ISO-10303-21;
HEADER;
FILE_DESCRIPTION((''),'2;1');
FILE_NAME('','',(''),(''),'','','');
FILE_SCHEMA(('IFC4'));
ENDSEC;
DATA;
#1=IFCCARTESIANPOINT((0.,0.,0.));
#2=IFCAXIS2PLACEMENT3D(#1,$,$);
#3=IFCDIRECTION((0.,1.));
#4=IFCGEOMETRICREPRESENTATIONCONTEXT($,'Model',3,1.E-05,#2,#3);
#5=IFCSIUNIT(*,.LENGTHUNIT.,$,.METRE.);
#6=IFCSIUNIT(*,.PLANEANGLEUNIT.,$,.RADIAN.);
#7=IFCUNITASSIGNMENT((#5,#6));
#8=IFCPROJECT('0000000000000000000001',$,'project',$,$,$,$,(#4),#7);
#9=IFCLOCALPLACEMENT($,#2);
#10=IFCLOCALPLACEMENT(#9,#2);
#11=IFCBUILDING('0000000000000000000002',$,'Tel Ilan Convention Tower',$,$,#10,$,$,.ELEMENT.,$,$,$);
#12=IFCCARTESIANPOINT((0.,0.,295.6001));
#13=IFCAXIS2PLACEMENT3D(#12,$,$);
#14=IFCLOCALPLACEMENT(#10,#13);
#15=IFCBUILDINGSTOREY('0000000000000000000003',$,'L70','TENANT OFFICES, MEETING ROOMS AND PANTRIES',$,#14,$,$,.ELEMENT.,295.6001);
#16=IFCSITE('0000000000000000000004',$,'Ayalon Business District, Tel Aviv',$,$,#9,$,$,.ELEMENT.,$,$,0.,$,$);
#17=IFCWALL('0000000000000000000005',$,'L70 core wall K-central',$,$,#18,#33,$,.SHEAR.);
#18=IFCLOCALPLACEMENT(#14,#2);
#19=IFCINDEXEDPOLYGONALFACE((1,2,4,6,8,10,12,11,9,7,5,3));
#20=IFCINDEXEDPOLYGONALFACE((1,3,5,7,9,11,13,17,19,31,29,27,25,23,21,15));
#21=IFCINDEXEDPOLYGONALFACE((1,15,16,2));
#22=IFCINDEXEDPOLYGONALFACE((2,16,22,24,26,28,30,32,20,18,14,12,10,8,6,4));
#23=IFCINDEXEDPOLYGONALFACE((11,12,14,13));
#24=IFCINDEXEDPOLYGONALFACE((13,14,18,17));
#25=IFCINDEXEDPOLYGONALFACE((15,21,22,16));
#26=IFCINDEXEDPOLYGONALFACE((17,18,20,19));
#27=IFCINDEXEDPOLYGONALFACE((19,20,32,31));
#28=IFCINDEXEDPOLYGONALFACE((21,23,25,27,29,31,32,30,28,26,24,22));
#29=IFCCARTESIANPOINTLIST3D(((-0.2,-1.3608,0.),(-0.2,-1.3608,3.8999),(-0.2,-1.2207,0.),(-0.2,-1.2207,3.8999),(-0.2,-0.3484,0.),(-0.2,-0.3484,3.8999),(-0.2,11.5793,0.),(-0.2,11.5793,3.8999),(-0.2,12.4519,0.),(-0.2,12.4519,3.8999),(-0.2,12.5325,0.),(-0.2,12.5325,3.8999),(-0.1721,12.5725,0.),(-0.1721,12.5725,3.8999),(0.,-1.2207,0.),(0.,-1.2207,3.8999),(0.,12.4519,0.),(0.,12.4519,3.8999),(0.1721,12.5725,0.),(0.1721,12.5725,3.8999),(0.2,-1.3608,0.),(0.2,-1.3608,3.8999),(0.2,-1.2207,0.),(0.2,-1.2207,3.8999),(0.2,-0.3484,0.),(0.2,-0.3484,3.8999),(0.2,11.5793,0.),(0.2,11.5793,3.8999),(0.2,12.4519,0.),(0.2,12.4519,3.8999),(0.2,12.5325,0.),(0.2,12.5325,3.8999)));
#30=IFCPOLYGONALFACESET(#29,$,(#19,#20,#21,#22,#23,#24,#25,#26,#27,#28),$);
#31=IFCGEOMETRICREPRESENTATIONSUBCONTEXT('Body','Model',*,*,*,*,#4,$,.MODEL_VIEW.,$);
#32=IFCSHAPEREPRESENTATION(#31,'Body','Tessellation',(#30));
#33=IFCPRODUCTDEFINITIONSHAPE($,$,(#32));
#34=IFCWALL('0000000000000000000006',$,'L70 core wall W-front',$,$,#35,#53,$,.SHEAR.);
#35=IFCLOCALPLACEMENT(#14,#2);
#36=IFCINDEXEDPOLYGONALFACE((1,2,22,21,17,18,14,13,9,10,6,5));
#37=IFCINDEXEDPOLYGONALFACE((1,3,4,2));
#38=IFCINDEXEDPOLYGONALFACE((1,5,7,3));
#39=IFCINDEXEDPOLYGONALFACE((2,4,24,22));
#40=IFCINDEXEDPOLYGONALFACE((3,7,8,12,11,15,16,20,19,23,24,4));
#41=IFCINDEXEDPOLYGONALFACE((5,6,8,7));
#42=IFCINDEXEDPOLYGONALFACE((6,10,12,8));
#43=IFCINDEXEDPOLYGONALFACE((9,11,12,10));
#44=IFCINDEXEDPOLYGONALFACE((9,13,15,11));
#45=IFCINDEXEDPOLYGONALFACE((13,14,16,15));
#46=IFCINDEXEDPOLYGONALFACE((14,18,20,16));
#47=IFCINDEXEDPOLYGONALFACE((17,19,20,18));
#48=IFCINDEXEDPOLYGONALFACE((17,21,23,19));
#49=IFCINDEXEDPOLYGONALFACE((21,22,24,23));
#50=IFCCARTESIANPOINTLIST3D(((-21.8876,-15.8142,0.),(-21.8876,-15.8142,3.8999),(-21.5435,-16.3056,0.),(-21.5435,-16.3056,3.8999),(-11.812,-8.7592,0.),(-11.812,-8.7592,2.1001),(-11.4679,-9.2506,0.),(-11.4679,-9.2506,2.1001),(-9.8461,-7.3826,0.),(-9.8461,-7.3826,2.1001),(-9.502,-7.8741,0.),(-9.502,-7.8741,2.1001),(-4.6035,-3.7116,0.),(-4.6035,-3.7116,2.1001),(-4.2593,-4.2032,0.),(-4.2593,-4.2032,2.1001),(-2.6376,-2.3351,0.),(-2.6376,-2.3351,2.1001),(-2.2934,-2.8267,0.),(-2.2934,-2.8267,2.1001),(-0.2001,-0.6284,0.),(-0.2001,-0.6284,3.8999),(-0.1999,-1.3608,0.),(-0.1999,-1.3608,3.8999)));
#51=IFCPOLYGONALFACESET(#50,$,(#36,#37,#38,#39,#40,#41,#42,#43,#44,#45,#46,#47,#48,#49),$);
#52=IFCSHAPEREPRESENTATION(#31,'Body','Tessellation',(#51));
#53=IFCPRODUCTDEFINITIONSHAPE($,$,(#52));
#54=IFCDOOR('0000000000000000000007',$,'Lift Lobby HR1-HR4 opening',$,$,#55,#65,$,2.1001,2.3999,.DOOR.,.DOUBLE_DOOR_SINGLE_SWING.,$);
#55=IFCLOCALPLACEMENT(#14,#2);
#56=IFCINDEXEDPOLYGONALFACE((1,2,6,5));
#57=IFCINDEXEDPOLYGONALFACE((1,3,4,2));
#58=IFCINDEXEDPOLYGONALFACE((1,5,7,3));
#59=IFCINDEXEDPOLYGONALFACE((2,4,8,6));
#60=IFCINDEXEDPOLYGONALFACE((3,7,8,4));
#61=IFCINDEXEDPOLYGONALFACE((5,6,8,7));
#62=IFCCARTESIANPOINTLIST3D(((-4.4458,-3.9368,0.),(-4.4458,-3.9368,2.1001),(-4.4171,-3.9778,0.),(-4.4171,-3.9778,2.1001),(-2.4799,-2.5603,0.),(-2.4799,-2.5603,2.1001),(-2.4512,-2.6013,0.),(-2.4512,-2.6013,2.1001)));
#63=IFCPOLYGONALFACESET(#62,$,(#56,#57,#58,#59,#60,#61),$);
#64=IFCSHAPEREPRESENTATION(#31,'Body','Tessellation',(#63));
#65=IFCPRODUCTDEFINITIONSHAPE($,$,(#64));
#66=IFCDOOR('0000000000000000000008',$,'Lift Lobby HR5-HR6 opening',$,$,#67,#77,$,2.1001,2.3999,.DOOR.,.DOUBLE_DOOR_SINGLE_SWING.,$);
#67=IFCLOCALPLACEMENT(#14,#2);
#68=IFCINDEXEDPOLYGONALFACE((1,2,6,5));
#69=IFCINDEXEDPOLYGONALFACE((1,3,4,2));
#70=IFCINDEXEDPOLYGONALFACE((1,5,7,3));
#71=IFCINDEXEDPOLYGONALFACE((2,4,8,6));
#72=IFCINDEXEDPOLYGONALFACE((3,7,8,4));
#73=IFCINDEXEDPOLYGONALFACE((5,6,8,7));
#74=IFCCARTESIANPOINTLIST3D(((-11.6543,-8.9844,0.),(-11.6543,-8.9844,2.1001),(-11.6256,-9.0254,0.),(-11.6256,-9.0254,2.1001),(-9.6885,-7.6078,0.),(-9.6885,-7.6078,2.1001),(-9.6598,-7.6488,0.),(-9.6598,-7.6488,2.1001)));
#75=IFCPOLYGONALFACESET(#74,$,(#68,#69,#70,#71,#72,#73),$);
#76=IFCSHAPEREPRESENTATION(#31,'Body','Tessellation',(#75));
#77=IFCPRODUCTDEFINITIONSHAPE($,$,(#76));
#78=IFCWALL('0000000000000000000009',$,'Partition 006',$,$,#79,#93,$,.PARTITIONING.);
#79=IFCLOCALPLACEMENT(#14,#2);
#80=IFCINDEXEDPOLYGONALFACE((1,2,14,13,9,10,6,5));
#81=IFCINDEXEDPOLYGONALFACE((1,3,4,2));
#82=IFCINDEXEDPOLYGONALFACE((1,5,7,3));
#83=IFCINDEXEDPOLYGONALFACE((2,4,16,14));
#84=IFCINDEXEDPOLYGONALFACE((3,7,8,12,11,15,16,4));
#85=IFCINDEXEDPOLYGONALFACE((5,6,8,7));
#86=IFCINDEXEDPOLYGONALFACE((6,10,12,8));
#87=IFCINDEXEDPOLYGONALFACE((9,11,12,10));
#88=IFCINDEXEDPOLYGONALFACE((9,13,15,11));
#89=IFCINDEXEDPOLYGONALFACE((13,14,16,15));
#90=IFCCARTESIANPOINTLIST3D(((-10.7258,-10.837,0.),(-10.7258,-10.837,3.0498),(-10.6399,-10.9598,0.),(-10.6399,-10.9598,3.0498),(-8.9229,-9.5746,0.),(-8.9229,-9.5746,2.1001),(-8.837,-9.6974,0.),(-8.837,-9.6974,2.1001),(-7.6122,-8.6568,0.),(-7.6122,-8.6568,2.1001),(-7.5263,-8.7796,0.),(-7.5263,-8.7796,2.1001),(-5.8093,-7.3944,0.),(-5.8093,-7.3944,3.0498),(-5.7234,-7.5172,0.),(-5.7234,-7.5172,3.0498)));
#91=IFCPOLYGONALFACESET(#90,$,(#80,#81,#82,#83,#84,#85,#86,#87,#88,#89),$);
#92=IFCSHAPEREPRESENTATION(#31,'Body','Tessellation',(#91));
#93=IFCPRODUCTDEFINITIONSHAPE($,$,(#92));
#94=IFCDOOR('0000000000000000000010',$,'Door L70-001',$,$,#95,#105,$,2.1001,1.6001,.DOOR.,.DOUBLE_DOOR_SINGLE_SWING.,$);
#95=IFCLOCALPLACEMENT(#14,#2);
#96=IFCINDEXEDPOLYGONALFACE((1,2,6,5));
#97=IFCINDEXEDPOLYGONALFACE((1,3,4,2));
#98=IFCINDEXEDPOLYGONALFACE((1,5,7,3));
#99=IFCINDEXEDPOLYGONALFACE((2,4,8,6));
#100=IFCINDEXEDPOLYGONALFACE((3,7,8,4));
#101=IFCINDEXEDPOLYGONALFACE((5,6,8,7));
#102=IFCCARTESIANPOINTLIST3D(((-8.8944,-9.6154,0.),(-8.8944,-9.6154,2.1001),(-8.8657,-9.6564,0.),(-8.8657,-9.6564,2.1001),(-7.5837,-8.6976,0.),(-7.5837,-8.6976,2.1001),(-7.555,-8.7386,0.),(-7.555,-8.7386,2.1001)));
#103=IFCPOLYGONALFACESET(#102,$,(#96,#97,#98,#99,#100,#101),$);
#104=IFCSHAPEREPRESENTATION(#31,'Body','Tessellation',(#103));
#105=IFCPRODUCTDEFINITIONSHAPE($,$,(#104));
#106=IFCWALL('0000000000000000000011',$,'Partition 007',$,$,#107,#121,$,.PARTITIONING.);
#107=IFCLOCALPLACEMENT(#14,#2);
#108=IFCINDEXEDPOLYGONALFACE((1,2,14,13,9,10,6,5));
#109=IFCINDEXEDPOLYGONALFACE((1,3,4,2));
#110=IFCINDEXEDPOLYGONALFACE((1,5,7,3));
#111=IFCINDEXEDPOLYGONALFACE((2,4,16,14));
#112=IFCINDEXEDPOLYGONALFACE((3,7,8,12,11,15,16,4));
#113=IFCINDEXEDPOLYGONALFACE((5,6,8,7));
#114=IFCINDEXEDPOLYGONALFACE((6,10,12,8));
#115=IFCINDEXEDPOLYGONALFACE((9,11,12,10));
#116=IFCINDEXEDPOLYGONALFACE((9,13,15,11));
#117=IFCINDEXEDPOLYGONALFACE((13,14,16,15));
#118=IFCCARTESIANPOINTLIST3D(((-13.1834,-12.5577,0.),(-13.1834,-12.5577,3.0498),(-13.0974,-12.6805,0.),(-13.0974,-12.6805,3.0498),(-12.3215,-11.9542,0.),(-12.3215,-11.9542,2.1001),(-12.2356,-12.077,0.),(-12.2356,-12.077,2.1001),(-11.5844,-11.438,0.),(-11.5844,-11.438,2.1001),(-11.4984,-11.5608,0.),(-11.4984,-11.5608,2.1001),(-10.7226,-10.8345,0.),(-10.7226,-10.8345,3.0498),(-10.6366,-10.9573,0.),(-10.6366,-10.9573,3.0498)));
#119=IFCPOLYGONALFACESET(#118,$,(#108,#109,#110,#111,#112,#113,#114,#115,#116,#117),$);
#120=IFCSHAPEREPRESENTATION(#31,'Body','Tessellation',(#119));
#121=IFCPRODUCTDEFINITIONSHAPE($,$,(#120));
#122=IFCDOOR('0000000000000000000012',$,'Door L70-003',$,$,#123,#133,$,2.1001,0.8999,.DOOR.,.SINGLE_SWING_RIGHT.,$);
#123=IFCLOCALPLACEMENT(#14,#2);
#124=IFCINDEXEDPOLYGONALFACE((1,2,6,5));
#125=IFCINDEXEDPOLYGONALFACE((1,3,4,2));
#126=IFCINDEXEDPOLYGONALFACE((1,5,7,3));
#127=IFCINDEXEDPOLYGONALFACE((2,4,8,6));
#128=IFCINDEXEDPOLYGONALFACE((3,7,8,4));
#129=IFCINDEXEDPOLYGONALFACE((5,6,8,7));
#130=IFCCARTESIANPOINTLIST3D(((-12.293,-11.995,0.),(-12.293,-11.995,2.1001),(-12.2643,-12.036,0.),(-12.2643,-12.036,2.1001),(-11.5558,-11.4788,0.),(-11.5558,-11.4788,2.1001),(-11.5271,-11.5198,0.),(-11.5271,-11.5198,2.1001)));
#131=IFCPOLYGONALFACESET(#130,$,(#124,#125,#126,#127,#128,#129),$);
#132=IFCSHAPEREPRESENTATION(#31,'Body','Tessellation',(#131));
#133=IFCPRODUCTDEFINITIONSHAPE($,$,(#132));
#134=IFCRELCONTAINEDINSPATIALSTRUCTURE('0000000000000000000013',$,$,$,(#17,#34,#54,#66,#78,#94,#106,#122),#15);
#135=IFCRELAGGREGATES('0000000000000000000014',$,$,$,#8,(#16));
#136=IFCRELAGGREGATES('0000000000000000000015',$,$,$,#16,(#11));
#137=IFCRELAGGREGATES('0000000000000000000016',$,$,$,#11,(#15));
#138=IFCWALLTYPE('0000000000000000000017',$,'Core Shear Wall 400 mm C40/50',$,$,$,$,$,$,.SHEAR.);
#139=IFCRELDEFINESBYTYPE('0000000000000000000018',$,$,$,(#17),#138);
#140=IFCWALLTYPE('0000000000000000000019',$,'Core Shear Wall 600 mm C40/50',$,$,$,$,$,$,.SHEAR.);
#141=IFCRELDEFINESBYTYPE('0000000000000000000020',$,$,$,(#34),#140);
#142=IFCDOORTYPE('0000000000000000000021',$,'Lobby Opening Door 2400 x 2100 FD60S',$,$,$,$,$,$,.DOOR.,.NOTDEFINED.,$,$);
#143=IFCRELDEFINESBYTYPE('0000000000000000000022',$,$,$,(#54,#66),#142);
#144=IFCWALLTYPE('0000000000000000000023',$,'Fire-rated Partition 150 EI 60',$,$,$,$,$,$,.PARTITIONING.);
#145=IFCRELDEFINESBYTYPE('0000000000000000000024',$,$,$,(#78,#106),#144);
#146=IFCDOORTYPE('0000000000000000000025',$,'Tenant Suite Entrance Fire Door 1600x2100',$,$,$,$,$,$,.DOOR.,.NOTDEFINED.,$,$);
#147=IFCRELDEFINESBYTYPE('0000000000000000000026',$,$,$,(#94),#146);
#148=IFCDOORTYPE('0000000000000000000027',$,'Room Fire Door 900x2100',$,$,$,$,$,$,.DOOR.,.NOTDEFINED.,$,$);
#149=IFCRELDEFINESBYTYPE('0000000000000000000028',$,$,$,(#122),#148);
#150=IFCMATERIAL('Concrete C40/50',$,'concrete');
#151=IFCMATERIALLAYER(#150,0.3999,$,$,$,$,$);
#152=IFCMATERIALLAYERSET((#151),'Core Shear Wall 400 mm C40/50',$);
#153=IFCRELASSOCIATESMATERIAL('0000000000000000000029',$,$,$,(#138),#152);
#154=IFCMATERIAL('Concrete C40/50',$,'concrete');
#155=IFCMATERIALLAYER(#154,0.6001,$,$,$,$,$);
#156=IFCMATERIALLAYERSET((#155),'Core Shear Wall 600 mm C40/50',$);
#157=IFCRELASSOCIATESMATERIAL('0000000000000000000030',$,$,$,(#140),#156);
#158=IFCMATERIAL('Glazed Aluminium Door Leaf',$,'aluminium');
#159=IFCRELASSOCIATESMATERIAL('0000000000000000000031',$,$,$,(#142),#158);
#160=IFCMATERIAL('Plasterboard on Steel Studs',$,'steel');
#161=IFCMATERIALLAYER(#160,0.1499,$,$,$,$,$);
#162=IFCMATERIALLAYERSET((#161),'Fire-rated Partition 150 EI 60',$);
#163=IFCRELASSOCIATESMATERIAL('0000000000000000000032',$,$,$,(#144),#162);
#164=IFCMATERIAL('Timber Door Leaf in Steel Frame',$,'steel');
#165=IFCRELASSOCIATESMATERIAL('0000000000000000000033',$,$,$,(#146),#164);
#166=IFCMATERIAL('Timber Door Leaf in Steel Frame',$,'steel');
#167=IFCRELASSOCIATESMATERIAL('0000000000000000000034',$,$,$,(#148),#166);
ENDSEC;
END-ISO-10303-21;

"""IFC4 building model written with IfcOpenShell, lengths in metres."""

from ifc_helpers import new_model, si_unit, direction, frame, frame_2d, origin, place, context, subcontext, project, spatial, polyline, rectangle, outline, extrude, material, layer, layer_set, type_object, element, fill, save


model = new_model("IFC4")

# Units and contexts
model_context = context("Model", 3, precision=1e-05, world=origin(), true_north=direction((0.0, 1.0)))
body_context = subcontext(model_context, "Body", "Model", "MODEL_VIEW")
ifc_project = project(units=[si_unit("LENGTHUNIT", "METRE"), si_unit("PLANEANGLEUNIT", "RADIAN")], contexts=[model_context])

# Site, building, storey
site_placement = place(None, origin())
site = spatial("IfcSite", under=ifc_project, at=site_placement, Name="Ayalon Business District, Tel Aviv", CompositionType="ELEMENT", RefElevation=0.0)
building_placement = place(site_placement, origin())
building = spatial("IfcBuilding", under=site, at=building_placement, Name="Tel Ilan Convention Tower", CompositionType="ELEMENT")
storey_placement = place(building_placement, frame((0.0, 0.0, 295.6001)))
storey = spatial("IfcBuildingStorey", under=building, at=storey_placement, Name="L70", Description="TENANT OFFICES, MEETING ROOMS AND PANTRIES", CompositionType="ELEMENT", Elevation=295.6001)

# Wall
ifc_material_1 = material(Name="Concrete C40/50", Category="concrete")
ifc_layer_1 = layer(ifc_material_1, 0.3999)
ifc_layer_set_1 = layer_set([ifc_layer_1], Name="Core Shear Wall 400 mm C40/50")
wall_type_1 = type_object("IfcWallType", Name="Core Shear Wall 400 mm C40/50", PredefinedType="SHEAR", material=ifc_layer_set_1)
wall_1_placement = place(storey_placement, frame((0.0, -1.3608, 0.0), z_axis=(0.0, 0.0, 1.0), x_axis=(0.0, 1.0, 0.0)))
element("IfcWall", 1, at=wall_1_placement, inside=storey, type_object=wall_type_1, Name="L70 core wall K-central", PredefinedType="SHEAR", context=body_context, shape_type="SweptSolid", body=[
    extrude(outline(polyline([(0.1401, 0.2), (0.0, 0.2), (0.1401, 0.0), (0.0, -0.2), (0.1401, -0.2), (1.0125, -0.2), (12.9402, -0.2), (13.8127, -0.2), (13.8933, -0.2), (13.9333, -0.1721), (13.8127, 0.0), (13.9333, 0.1721), (13.8933, 0.2), (13.8127, 0.2), (12.9402, 0.2), (1.0125, 0.2), (0.1401, 0.2)])), origin(), (0.0, 0.0, 1.0), 3.8999),
])

# Wall, openings, doors
ifc_material_2 = material(Name="Concrete C40/50", Category="concrete")
ifc_layer_2 = layer(ifc_material_2, 0.6001)
ifc_layer_set_2 = layer_set([ifc_layer_2], Name="Core Shear Wall 600 mm C40/50")
wall_type_2 = type_object("IfcWallType", Name="Core Shear Wall 600 mm C40/50", PredefinedType="SHEAR", material=ifc_layer_set_2)
wall_2_placement = place(storey_placement, frame((-0.0278, -0.874, 0.0), z_axis=(0.0, 0.0, 1.0), x_axis=(-0.81915, -0.573579, 0.0)))
wall_2 = element("IfcWall", 2, at=wall_2_placement, inside=storey, type_object=wall_type_2, Name="L70 core wall W-front", PredefinedType="SHEAR", context=body_context, shape_type="SweptSolid", body=[
    extrude(outline(polyline([(26.4758, 0.2998), (0.4202, 0.3), (0.0002, -0.3), (26.4758, -0.3), (26.4758, 0.2998)])), origin(), (0.0, 0.0, 1.0), 3.8999),
])
opening_1_placement = place(wall_2_placement, frame((2.9758, 0.0, 0.0)))
opening_1 = element("IfcOpeningElement", 3, at=opening_1_placement, cuts=wall_2, PredefinedType="OPENING", context=body_context, shape_type="SweptSolid", body=[
    extrude(rectangle(XDim=2.3999, YDim=2.1001, at=frame_2d((1.2, 1.05))), frame((0.0, 0.3101, 0.0), z_axis=(0.0, -1.0, 0.0), x_axis=(1.0, 0.0, 0.0)), (0.0, 0.0, 1.0), 0.6201),
])
opening_2_placement = place(wall_2_placement, frame((11.7759, 0.0, 0.0)))
opening_2 = element("IfcOpeningElement", 4, at=opening_2_placement, cuts=wall_2, PredefinedType="OPENING", context=body_context, shape_type="SweptSolid", body=[
    extrude(rectangle(XDim=2.3999, YDim=2.1001, at=frame_2d((1.2, 1.05))), frame((0.0, 0.3101, 0.0), z_axis=(0.0, -1.0, 0.0), x_axis=(1.0, 0.0, 0.0)), (0.0, 0.0, 1.0), 0.6201),
])
ifc_material_3 = material(Name="Glazed Aluminium Door Leaf", Category="aluminium")
door_type_1 = type_object("IfcDoorType", Name="Lobby Opening Door 2400 x 2100 FD60S", OperationType="NOTDEFINED", PredefinedType="DOOR", material=ifc_material_3)
door_1_placement = place(opening_1_placement, origin())
door_1 = element("IfcDoor", 5, at=door_1_placement, inside=storey, type_object=door_type_1, Name="Lift Lobby HR1-HR4 opening", OperationType="DOUBLE_DOOR_SINGLE_SWING", OverallHeight=2.1001, OverallWidth=2.3999, PredefinedType="DOOR", context=body_context, shape_type="SweptSolid", body=[
    extrude(rectangle(XDim=2.3999, YDim=2.1001, at=frame_2d((1.2, 1.05))), frame((0.0, 0.0249, 0.0), z_axis=(0.0, -1.0, 0.0), x_axis=(1.0, 0.0, 0.0)), (0.0, 0.0, 1.0), 0.05),
])
fill(opening_1, door_1)
door_2_placement = place(opening_2_placement, origin())
door_2 = element("IfcDoor", 6, at=door_2_placement, inside=storey, type_object=door_type_1, Name="Lift Lobby HR5-HR6 opening", OperationType="DOUBLE_DOOR_SINGLE_SWING", OverallHeight=2.1001, OverallWidth=2.3999, PredefinedType="DOOR", context=body_context, shape_type="SweptSolid", body=[
    extrude(rectangle(XDim=2.3999, YDim=2.1001, at=frame_2d((1.2, 1.05))), frame((0.0, 0.0249, 0.0), z_axis=(0.0, -1.0, 0.0), x_axis=(1.0, 0.0, 0.0)), (0.0, 0.0, 1.0), 0.05),
])
fill(opening_2, door_2)

# Walls, openings, doors
ifc_material_4 = material(Name="Plasterboard on Steel Studs", Category="steel")
ifc_layer_3 = layer(ifc_material_4, 0.1499)
ifc_layer_set_3 = layer_set([ifc_layer_3], Name="Fire-rated Partition 150 EI 60")
wall_type_3 = type_object("IfcWallType", Name="Fire-rated Partition 150 EI 60", PredefinedType="PARTITIONING", material=ifc_layer_set_3)
wall_3_placement = place(storey_placement, frame((-5.7664, -7.4558, 0.0), z_axis=(0.0, 0.0, 1.0), x_axis=(-0.819148, -0.573582, 0.0)))
wall_3 = element("IfcWall", 7, at=wall_3_placement, inside=storey, type_object=wall_type_3, Name="Partition 006", PredefinedType="PARTITIONING", context=body_context, shape_type="SweptSolid", body=[
    extrude(rectangle(XDim=6.002, YDim=0.1499, at=frame_2d((3.001, 0.0))), origin(), (0.0, 0.0, 1.0), 3.0498),
])
opening_3_placement = place(wall_3_placement, frame((2.2009, 0.0, 0.0)))
opening_3 = element("IfcOpeningElement", 8, at=opening_3_placement, cuts=wall_3, PredefinedType="OPENING", context=body_context, shape_type="SweptSolid", body=[
    extrude(rectangle(XDim=1.6001, YDim=2.1001, at=frame_2d((0.8, 1.05))), frame((0.0, 0.085, 0.0), z_axis=(0.0, -1.0, 0.0), x_axis=(1.0, 0.0, 0.0)), (0.0, 0.0, 1.0), 0.1699),
])
ifc_material_5 = material(Name="Timber Door Leaf in Steel Frame", Category="steel")
door_type_2 = type_object("IfcDoorType", Name="Tenant Suite Entrance Fire Door 1600x2100", OperationType="NOTDEFINED", PredefinedType="DOOR", material=ifc_material_5)
door_3_placement = place(opening_3_placement, origin())
door_3 = element("IfcDoor", 9, at=door_3_placement, inside=storey, type_object=door_type_2, Name="Door L70-001", OperationType="DOUBLE_DOOR_SINGLE_SWING", OverallHeight=2.1001, OverallWidth=1.6001, PredefinedType="DOOR", context=body_context, shape_type="SweptSolid", body=[
    extrude(rectangle(XDim=1.6001, YDim=2.1001, at=frame_2d((0.8, 1.05))), frame((0.0, 0.0249, 0.0), z_axis=(0.0, -1.0, 0.0), x_axis=(1.0, 0.0, 0.0)), (0.0, 0.0, 1.0), 0.05),
])
fill(opening_3, door_3)
wall_4_placement = place(storey_placement, frame((-10.6797, -10.896, 0.0), z_axis=(0.0, 0.0, 1.0), x_axis=(-0.819129, -0.57361, 0.0)))
wall_4 = element("IfcWall", 10, at=wall_4_placement, inside=storey, type_object=wall_type_3, Name="Partition 007", PredefinedType="PARTITIONING", context=body_context, shape_type="SweptSolid", body=[
    extrude(rectangle(XDim=3.0042, YDim=0.1499, at=frame_2d((1.502, 0.0))), origin(), (0.0, 0.0, 1.0), 3.0498),
])
opening_4_placement = place(wall_4_placement, frame((1.052, 0.0, 0.0)))
opening_4 = element("IfcOpeningElement", 11, at=opening_4_placement, cuts=wall_4, PredefinedType="OPENING", context=body_context, shape_type="SweptSolid", body=[
    extrude(rectangle(XDim=0.8999, YDim=2.1001, at=frame_2d((0.45, 1.05))), frame((0.0, 0.085, 0.0), z_axis=(0.0, -1.0, 0.0), x_axis=(1.0, 0.0, 0.0)), (0.0, 0.0, 1.0), 0.1699),
])
ifc_material_6 = material(Name="Timber Door Leaf in Steel Frame", Category="steel")
door_type_3 = type_object("IfcDoorType", Name="Room Fire Door 900x2100", OperationType="NOTDEFINED", PredefinedType="DOOR", material=ifc_material_6)
door_4_placement = place(opening_4_placement, origin())
door_4 = element("IfcDoor", 12, at=door_4_placement, inside=storey, type_object=door_type_3, Name="Door L70-003", OperationType="SINGLE_SWING_RIGHT", OverallHeight=2.1001, OverallWidth=0.8999, PredefinedType="DOOR", context=body_context, shape_type="SweptSolid", body=[
    extrude(rectangle(XDim=0.8999, YDim=2.1001, at=frame_2d((0.45, 1.05))), frame((0.0, 0.0249, 0.0), z_axis=(0.0, -1.0, 0.0), x_axis=(1.0, 0.0, 0.0)), (0.0, 0.0, 1.0), 0.05),
])
fill(opening_4, door_4)

save(model, "model.ifc")
